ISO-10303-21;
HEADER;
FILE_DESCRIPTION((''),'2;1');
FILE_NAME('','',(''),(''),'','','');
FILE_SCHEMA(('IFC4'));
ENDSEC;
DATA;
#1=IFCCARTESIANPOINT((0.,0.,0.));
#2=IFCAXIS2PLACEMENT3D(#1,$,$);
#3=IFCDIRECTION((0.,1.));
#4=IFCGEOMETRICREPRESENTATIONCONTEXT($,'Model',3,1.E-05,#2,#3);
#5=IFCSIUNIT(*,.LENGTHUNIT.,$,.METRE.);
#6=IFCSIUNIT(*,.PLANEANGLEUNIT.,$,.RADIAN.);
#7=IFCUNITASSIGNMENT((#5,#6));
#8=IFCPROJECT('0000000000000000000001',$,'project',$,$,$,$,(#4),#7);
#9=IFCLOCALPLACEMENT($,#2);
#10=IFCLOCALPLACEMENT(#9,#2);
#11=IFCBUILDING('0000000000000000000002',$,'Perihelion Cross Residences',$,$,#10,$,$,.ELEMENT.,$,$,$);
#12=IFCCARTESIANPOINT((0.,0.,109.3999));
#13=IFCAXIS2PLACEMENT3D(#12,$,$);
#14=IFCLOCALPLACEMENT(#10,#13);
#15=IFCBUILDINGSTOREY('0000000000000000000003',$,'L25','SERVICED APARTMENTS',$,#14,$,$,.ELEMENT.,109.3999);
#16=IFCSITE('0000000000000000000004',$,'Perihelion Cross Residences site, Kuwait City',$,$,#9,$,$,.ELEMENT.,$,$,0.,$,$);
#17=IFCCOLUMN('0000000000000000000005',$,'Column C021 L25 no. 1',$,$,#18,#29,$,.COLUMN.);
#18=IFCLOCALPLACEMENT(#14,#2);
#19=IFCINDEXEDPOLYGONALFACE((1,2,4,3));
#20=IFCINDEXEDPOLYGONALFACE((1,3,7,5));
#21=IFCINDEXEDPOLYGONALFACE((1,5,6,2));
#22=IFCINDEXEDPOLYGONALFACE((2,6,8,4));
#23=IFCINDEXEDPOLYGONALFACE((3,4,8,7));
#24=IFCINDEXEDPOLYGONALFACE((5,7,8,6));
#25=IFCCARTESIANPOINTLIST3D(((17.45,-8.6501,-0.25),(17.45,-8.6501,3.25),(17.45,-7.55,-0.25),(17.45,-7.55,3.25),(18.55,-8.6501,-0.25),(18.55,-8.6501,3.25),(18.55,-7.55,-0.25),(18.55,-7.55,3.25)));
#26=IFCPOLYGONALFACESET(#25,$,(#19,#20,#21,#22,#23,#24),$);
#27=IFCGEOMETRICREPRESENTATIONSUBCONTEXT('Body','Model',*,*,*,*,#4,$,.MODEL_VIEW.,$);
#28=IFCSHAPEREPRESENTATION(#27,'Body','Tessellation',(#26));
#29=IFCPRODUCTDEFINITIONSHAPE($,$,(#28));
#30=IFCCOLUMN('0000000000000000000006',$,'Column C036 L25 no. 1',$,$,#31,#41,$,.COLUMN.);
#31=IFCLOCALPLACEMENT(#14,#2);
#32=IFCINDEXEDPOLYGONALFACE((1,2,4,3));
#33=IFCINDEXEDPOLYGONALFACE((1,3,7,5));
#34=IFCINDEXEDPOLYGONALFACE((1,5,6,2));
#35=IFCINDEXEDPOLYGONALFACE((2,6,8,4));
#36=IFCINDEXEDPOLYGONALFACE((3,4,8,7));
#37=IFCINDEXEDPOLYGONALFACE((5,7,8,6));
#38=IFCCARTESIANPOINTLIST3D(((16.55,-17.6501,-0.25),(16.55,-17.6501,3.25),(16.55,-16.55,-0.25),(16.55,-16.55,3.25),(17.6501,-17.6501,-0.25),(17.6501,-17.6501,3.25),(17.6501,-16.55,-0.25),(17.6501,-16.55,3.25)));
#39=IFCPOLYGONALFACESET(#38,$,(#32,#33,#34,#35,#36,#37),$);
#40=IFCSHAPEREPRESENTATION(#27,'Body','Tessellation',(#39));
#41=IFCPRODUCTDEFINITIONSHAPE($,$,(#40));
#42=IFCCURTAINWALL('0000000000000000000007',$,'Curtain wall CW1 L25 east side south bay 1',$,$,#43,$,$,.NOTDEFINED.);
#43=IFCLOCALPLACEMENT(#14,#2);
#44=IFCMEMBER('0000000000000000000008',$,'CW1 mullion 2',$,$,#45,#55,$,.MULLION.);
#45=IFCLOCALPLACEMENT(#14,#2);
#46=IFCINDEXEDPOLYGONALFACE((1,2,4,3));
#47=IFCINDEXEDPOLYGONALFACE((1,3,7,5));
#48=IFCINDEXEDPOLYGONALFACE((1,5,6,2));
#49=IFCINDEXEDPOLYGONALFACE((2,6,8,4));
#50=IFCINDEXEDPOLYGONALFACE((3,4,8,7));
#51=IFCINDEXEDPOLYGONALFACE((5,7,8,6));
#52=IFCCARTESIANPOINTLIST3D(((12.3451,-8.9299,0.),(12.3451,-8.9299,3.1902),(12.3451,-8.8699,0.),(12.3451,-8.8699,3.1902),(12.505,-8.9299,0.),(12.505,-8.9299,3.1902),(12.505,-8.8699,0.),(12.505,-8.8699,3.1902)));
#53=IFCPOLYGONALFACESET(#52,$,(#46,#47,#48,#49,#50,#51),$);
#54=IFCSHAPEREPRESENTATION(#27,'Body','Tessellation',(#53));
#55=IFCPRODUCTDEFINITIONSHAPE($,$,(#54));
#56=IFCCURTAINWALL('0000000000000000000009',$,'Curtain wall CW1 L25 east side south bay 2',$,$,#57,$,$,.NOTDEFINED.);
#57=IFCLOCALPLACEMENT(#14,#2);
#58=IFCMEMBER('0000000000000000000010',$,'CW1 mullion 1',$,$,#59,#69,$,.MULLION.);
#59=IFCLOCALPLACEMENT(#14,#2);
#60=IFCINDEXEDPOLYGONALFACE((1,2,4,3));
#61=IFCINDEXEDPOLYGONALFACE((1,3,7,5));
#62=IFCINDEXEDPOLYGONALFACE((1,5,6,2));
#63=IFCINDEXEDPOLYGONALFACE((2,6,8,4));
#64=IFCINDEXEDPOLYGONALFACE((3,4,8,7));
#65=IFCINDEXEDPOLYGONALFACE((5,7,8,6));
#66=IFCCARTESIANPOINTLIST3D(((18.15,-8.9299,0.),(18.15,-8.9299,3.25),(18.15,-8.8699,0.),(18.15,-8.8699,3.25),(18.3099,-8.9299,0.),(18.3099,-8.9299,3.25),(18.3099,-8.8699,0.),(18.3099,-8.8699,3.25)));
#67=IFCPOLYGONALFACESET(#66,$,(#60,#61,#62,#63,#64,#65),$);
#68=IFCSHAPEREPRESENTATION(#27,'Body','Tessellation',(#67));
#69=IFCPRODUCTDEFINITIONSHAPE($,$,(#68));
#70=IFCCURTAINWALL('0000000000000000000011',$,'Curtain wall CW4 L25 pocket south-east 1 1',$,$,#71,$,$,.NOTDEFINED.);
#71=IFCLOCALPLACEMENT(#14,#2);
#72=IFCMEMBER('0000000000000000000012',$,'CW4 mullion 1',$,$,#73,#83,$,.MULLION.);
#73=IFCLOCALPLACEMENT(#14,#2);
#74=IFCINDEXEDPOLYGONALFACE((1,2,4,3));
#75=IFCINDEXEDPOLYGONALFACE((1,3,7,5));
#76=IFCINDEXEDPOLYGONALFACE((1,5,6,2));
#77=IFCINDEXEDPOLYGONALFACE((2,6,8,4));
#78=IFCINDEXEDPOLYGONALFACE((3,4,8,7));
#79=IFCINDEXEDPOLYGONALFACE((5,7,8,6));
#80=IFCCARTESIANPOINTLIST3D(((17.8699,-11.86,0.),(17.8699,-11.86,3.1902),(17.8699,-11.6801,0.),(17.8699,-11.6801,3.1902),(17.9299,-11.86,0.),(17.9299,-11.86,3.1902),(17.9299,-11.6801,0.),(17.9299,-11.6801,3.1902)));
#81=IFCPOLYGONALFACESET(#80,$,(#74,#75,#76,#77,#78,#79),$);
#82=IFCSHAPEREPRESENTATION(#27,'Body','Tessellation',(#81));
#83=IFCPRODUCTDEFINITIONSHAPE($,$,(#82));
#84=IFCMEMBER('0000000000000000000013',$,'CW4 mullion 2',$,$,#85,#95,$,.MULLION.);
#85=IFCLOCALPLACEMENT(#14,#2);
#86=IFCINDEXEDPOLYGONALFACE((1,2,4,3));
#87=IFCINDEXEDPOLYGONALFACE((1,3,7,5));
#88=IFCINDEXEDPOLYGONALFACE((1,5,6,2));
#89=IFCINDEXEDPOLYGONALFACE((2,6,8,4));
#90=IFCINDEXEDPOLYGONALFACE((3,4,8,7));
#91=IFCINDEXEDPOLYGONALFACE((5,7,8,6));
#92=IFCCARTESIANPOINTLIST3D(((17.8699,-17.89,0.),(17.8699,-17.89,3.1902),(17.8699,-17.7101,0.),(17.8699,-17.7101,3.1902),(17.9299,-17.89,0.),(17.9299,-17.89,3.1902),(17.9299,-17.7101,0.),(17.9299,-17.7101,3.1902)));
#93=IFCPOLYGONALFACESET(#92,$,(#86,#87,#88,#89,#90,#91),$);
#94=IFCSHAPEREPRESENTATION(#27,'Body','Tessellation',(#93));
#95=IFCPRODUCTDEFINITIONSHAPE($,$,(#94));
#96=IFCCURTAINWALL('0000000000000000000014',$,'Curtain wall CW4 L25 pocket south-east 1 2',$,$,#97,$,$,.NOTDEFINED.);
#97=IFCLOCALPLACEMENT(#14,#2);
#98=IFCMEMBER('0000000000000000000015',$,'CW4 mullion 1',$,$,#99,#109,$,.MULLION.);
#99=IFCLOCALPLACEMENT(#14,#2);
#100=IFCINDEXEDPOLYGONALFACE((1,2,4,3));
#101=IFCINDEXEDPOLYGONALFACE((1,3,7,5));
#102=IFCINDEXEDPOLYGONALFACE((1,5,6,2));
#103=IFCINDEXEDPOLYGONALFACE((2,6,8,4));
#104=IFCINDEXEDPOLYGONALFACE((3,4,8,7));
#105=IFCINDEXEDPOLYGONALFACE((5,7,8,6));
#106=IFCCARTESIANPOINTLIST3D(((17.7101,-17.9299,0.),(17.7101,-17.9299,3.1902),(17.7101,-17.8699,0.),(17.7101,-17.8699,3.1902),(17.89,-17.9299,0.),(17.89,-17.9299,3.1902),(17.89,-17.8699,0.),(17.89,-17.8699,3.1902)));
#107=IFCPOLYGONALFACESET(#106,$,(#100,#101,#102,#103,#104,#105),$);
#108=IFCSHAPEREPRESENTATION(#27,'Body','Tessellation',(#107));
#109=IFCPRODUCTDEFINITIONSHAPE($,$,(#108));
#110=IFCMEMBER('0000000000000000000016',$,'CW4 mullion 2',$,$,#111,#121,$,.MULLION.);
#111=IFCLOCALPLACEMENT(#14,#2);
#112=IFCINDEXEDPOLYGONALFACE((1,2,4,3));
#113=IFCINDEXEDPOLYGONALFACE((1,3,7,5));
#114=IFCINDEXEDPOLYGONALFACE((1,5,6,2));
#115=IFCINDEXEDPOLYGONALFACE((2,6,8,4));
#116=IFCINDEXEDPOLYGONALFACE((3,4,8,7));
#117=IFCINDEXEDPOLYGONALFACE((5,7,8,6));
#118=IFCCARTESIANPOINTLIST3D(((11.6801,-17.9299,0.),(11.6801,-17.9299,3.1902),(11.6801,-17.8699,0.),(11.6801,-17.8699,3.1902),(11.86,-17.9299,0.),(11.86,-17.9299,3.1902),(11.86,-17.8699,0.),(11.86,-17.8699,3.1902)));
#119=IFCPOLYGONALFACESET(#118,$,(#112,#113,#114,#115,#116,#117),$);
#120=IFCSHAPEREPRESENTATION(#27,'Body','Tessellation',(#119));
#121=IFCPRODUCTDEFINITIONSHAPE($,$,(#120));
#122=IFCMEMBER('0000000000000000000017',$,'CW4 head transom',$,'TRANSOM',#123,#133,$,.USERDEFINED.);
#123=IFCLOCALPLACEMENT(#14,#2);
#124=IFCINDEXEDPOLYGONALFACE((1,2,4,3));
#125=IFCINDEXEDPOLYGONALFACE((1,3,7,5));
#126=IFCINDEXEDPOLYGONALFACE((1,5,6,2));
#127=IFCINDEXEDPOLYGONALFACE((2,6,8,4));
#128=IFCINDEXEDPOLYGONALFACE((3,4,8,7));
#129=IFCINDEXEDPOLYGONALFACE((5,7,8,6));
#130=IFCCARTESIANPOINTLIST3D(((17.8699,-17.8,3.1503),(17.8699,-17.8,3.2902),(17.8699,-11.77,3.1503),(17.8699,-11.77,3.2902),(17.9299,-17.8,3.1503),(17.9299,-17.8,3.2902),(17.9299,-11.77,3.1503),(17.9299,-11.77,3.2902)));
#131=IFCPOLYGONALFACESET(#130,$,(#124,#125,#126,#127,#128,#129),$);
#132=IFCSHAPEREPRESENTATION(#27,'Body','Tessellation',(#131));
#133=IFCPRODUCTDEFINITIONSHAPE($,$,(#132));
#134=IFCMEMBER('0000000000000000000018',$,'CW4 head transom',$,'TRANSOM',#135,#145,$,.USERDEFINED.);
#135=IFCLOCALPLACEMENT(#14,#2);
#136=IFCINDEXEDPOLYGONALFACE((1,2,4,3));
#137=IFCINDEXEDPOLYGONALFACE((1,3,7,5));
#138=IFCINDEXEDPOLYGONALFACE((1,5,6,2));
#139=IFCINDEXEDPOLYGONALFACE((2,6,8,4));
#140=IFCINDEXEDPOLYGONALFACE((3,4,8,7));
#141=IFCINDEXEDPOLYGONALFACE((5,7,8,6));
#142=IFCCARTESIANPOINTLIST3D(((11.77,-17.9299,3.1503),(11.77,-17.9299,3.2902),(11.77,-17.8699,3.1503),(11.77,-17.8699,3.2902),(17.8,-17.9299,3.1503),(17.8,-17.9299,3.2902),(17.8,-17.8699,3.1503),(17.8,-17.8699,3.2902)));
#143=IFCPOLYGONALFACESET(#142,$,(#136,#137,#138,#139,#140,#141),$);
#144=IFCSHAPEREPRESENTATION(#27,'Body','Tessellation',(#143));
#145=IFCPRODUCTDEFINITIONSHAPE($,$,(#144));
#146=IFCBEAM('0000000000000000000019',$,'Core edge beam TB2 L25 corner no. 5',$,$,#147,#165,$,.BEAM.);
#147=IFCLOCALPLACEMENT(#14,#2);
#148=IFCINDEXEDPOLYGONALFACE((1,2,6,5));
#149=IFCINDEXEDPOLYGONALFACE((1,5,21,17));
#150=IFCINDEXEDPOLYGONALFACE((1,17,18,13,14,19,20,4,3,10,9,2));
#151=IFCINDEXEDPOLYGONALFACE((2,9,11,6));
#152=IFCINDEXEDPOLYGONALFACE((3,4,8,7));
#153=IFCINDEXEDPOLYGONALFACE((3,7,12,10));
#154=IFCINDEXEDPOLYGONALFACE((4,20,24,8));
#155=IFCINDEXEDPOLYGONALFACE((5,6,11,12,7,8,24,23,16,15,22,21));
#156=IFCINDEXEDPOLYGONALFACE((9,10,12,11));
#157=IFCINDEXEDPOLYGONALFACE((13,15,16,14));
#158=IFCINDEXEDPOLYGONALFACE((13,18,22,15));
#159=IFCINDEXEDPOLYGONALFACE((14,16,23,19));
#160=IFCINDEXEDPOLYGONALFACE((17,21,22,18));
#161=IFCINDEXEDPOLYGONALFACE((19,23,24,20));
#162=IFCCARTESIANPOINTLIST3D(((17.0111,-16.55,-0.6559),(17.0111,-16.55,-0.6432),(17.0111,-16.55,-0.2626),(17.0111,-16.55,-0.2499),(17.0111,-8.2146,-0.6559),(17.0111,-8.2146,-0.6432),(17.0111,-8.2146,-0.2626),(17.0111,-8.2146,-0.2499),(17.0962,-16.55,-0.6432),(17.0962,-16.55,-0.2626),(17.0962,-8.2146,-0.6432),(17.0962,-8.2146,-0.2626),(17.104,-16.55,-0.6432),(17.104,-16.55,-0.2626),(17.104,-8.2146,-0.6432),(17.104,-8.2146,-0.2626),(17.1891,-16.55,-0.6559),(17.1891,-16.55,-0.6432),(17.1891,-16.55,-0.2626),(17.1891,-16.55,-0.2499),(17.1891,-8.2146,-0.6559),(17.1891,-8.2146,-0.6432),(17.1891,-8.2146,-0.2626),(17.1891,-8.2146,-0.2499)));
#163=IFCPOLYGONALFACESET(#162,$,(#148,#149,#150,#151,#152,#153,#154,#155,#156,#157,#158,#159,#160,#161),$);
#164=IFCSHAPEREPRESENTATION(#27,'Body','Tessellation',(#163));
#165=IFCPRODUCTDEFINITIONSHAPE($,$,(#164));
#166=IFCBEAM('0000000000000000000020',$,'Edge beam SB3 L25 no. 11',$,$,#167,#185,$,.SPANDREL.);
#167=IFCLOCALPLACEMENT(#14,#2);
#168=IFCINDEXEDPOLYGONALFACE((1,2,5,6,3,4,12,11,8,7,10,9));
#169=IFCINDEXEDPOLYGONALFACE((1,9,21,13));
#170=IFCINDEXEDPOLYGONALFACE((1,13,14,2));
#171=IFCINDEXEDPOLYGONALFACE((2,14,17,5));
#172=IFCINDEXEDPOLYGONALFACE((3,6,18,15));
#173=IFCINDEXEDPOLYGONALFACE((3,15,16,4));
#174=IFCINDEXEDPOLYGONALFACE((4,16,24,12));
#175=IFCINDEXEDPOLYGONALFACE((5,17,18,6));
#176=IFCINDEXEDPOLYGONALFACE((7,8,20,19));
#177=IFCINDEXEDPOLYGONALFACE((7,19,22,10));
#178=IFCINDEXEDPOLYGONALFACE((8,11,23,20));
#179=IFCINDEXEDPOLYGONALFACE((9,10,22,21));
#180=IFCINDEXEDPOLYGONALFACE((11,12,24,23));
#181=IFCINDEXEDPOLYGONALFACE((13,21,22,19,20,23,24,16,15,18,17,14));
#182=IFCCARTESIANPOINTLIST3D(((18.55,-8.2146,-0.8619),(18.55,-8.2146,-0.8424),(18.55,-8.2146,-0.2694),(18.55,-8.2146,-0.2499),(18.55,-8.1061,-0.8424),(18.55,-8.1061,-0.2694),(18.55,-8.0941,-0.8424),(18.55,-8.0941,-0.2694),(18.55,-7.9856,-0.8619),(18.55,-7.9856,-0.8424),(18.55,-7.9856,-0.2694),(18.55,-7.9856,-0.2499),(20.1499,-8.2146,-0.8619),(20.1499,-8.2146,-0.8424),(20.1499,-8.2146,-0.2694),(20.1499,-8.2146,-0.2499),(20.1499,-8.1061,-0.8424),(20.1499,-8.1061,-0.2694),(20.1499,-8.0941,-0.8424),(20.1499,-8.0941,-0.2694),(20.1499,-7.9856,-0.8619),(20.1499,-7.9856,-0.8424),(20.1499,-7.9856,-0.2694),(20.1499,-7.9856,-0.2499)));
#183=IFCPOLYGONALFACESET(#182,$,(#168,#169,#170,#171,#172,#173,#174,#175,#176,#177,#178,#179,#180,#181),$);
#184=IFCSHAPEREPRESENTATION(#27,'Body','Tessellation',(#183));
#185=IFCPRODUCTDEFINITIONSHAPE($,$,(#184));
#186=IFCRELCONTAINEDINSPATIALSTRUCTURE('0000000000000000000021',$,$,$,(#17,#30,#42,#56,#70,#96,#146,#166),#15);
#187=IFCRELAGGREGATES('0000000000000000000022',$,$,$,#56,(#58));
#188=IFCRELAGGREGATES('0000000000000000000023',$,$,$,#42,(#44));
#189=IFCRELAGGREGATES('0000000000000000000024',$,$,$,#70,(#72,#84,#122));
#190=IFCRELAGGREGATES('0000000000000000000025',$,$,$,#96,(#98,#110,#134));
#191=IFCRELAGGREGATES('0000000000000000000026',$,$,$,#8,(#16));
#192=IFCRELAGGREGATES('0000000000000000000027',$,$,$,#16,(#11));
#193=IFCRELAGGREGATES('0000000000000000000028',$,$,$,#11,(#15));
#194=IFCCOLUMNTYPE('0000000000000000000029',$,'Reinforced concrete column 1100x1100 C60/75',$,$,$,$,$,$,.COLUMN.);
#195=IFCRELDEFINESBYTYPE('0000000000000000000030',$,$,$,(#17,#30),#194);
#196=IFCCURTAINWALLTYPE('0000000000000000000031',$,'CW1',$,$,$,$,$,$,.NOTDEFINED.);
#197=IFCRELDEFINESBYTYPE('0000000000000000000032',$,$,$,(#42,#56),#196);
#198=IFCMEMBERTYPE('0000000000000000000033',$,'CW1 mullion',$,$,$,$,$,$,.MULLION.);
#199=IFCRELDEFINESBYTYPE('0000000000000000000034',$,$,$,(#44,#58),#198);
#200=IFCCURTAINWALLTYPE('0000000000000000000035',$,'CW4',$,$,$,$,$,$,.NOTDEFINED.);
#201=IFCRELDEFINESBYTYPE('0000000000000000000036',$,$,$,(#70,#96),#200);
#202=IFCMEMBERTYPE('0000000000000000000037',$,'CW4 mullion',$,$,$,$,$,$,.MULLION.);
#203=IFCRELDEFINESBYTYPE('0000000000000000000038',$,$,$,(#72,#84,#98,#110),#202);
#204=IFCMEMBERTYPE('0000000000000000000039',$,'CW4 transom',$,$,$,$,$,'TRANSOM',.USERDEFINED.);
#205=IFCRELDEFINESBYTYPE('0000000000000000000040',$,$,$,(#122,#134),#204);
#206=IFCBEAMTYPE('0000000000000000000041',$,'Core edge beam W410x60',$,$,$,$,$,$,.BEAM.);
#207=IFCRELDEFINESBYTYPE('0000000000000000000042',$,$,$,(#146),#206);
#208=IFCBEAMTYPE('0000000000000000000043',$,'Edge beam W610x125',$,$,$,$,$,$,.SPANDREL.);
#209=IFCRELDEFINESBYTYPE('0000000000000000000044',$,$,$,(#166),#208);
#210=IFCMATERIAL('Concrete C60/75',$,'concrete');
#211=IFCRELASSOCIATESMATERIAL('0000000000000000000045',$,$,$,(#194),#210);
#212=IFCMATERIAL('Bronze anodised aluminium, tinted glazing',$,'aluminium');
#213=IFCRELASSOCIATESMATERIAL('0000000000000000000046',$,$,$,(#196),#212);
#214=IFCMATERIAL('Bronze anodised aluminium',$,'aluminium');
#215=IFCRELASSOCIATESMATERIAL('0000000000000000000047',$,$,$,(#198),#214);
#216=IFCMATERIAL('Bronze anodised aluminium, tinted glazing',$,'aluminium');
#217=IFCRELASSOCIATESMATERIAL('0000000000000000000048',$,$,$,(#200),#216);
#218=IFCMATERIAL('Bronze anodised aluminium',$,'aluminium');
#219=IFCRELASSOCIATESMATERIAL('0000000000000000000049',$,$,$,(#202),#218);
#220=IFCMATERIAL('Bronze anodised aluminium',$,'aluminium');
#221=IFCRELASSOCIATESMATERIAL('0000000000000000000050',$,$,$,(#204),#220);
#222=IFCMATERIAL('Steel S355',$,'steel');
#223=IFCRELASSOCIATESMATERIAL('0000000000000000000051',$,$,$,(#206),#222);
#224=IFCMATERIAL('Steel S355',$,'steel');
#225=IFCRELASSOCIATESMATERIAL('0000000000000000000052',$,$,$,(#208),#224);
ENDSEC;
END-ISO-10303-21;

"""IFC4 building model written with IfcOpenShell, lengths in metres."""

from ifc_helpers import new_model, si_unit, direction, frame, origin, origin_2d, place, context, subcontext, project, spatial, rectangle, i_section, extrude, material, material_profile, profile_set, type_object, element, aggregate, save


model = new_model("IFC4")

# Units and contexts
model_context = context("Model", 3, precision=1e-05, world=origin(), true_north=direction((0.0, 1.0)))
body_context = subcontext(model_context, "Body", "Model", "MODEL_VIEW")
ifc_project = project(units=[si_unit("LENGTHUNIT", "METRE"), si_unit("PLANEANGLEUNIT", "RADIAN")], contexts=[model_context])

# Site, building, storey
site_placement = place(None, origin())
site = spatial("IfcSite", under=ifc_project, at=site_placement, Name="Perihelion Cross Residences site, Kuwait City", CompositionType="ELEMENT", RefElevation=0.0)
building_placement = place(site_placement, origin())
building = spatial("IfcBuilding", under=site, at=building_placement, Name="Perihelion Cross Residences", CompositionType="ELEMENT")
storey_placement = place(building_placement, frame((0.0, 0.0, 109.3999)))
storey = spatial("IfcBuildingStorey", under=building, at=storey_placement, Name="L25", Description="SERVICED APARTMENTS", CompositionType="ELEMENT", Elevation=109.3999)

# Columns
ifc_material_1 = material(Name="Concrete C60/75", Category="concrete")
ifc_material_profile_1 = material_profile(ifc_material_1, rectangle(XDim=1.1001, YDim=1.1001, at=origin_2d()), Name="RC 1100x1100")
ifc_profile_set_1 = profile_set([ifc_material_profile_1], Name="Concrete C60/75")
column_type = type_object("IfcColumnType", Name="Reinforced concrete column 1100x1100 C60/75", PredefinedType="COLUMN", material=ifc_profile_set_1)
for number, where, z_axis, x_axis, name in (
    (1, (18.0, -8.1001, -0.25), (0.0, 0.0, 1.0), (1.0, 0.0, 0.0), "Column C021 L25 no. 1"),
    (2, (17.1001, -17.1001, -0.25), (0.0, 0.0, 1.0), (1.0, 0.0, 0.0), "Column C036 L25 no. 1"),
):
    element("IfcColumn", number, at=place(storey_placement, frame(where, z_axis=z_axis, x_axis=x_axis)), inside=storey, type_object=column_type, Name=name, PredefinedType="COLUMN", context=body_context, shape_type="SweptSolid", body=[
        extrude(rectangle(XDim=1.1001, YDim=1.1001, at=origin_2d()), origin(), (0.0, 0.0, 1.0), 3.5),
    ])

# Curtain walls, members
ifc_material_2 = material(Name="Bronze anodised aluminium, tinted glazing", Category="aluminium")
curtain_wall_type_1 = type_object("IfcCurtainWallType", Name="CW1", PredefinedType="NOTDEFINED", material=ifc_material_2)
curtain_wall_1_placement = place(storey_placement, origin())
curtain_wall_1 = element("IfcCurtainWall", 3, at=curtain_wall_1_placement, inside=storey, type_object=curtain_wall_type_1, Name="Curtain wall CW1 L25 east side south bay 1", PredefinedType="NOTDEFINED")
ifc_material_3 = material(Name="Bronze anodised aluminium", Category="aluminium")
ifc_material_profile_2 = material_profile(ifc_material_3, rectangle(XDim=0.0601, YDim=0.1599, at=origin_2d()), Name="CW1 mullion")
ifc_profile_set_2 = profile_set([ifc_material_profile_2], Name="Bronze anodised aluminium")
member_type_1 = type_object("IfcMemberType", Name="CW1 mullion", PredefinedType="MULLION", material=ifc_profile_set_2)
member_1_placement = place(storey_placement, frame((12.425, -8.8999, 0.0), z_axis=(0.0, 0.0, 1.0), x_axis=(0.0, 1.0, 0.0)))
member_1 = element("IfcMember", 4, at=member_1_placement, type_object=member_type_1, Name="CW1 mullion 2", PredefinedType="MULLION", context=body_context, shape_type="SweptSolid", body=[
    extrude(rectangle(XDim=0.0601, YDim=0.1599, at=origin_2d()), origin(), (0.0, 0.0, 1.0), 3.1902),
])
curtain_wall_2_placement = place(storey_placement, origin())
curtain_wall_2 = element("IfcCurtainWall", 5, at=curtain_wall_2_placement, inside=storey, type_object=curtain_wall_type_1, Name="Curtain wall CW1 L25 east side south bay 2", PredefinedType="NOTDEFINED")
member_2_placement = place(storey_placement, frame((18.23, -8.8999, 0.0), z_axis=(0.0, 0.0, 1.0), x_axis=(0.0, 1.0, 0.0)))
member_2 = element("IfcMember", 6, at=member_2_placement, type_object=member_type_1, Name="CW1 mullion 1", PredefinedType="MULLION", context=body_context, shape_type="SweptSolid", body=[
    extrude(rectangle(XDim=0.0601, YDim=0.1599, at=origin_2d()), origin(), (0.0, 0.0, 1.0), 3.25),
])
aggregate(curtain_wall_2, [member_2])

# Curtain walls, members
ifc_material_4 = material(Name="Bronze anodised aluminium, tinted glazing", Category="aluminium")
curtain_wall_type_2 = type_object("IfcCurtainWallType", Name="CW4", PredefinedType="NOTDEFINED", material=ifc_material_4)
curtain_wall_3_placement = place(storey_placement, origin())
curtain_wall_3 = element("IfcCurtainWall", 7, at=curtain_wall_3_placement, inside=storey, type_object=curtain_wall_type_2, Name="Curtain wall CW4 L25 pocket south-east 1 1", PredefinedType="NOTDEFINED")
ifc_material_5 = material(Name="Bronze anodised aluminium", Category="aluminium")
ifc_material_profile_3 = material_profile(ifc_material_5, rectangle(XDim=0.0601, YDim=0.1799, at=origin_2d()), Name="CW4 mullion")
ifc_profile_set_3 = profile_set([ifc_material_profile_3], Name="Bronze anodised aluminium")
member_type_2 = type_object("IfcMemberType", Name="CW4 mullion", PredefinedType="MULLION", material=ifc_profile_set_3)
member_3_placement = place(storey_placement, frame((17.8999, -11.77, 0.0), z_axis=(0.0, 0.0, 1.0), x_axis=(1.0, 0.0, 0.0)))
member_3 = element("IfcMember", 8, at=member_3_placement, type_object=member_type_2, Name="CW4 mullion 1", PredefinedType="MULLION", context=body_context, shape_type="SweptSolid", body=[
    extrude(rectangle(XDim=0.0601, YDim=0.1799, at=origin_2d()), origin(), (0.0, 0.0, 1.0), 3.1902),
])
member_4_placement = place(storey_placement, frame((17.8999, -17.8, 0.0), z_axis=(0.0, 0.0, 1.0), x_axis=(1.0, 0.0, 0.0)))
member_4 = element("IfcMember", 9, at=member_4_placement, type_object=member_type_2, Name="CW4 mullion 2", PredefinedType="MULLION", context=body_context, shape_type="SweptSolid", body=[
    extrude(rectangle(XDim=0.0601, YDim=0.1799, at=origin_2d()), origin(), (0.0, 0.0, 1.0), 3.1902),
])
curtain_wall_4_placement = place(storey_placement, origin())
curtain_wall_4 = element("IfcCurtainWall", 10, at=curtain_wall_4_placement, inside=storey, type_object=curtain_wall_type_2, Name="Curtain wall CW4 L25 pocket south-east 1 2", PredefinedType="NOTDEFINED")
member_5_placement = place(storey_placement, frame((17.8, -17.8999, 0.0), z_axis=(0.0, 0.0, 1.0), x_axis=(0.0, -1.0, 0.0)))
member_5 = element("IfcMember", 11, at=member_5_placement, type_object=member_type_2, Name="CW4 mullion 1", PredefinedType="MULLION", context=body_context, shape_type="SweptSolid", body=[
    extrude(rectangle(XDim=0.0601, YDim=0.1799, at=origin_2d()), origin(), (0.0, 0.0, 1.0), 3.1902),
])
member_6_placement = place(storey_placement, frame((11.77, -17.8999, 0.0), z_axis=(0.0, 0.0, 1.0), x_axis=(0.0, -1.0, 0.0)))
member_6 = element("IfcMember", 12, at=member_6_placement, type_object=member_type_2, Name="CW4 mullion 2", PredefinedType="MULLION", context=body_context, shape_type="SweptSolid", body=[
    extrude(rectangle(XDim=0.0601, YDim=0.1799, at=origin_2d()), origin(), (0.0, 0.0, 1.0), 3.1902),
])

# Members
ifc_material_6 = material(Name="Bronze anodised aluminium", Category="aluminium")
ifc_material_profile_4 = material_profile(ifc_material_6, rectangle(XDim=0.0601, YDim=0.1399, at=origin_2d()), Name="CW4 transom")
ifc_profile_set_4 = profile_set([ifc_material_profile_4], Name="Bronze anodised aluminium")
member_type_3 = type_object("IfcMemberType", Name="CW4 transom", ElementType="TRANSOM", PredefinedType="USERDEFINED", material=ifc_profile_set_4)
member_7_placement = place(storey_placement, frame((17.8999, -11.77, 3.2202), z_axis=(0.0, -1.0, 0.0), x_axis=(1.0, 0.0, 0.0)))
member_7 = element("IfcMember", 13, at=member_7_placement, type_object=member_type_3, Name="CW4 head transom", ObjectType="TRANSOM", PredefinedType="USERDEFINED", context=body_context, shape_type="SweptSolid", body=[
    extrude(rectangle(XDim=0.0601, YDim=0.1399, at=origin_2d()), origin(), (0.0, 0.0, 1.0), 6.03),
])
member_8_placement = place(storey_placement, frame((17.8, -17.8999, 3.2202), z_axis=(-1.0, 0.0, 0.0), x_axis=(0.0, -1.0, 0.0)))
member_8 = element("IfcMember", 14, at=member_8_placement, type_object=member_type_3, Name="CW4 head transom", ObjectType="TRANSOM", PredefinedType="USERDEFINED", context=body_context, shape_type="SweptSolid", body=[
    extrude(rectangle(XDim=0.0601, YDim=0.1399, at=origin_2d()), origin(), (0.0, 0.0, 1.0), 6.03),
])

# Beams
ifc_material_7 = material(Name="Steel S355", Category="steel")
ifc_material_profile_5 = material_profile(ifc_material_7, i_section(OverallWidth=0.178, OverallDepth=0.406, WebThickness=0.0078, FlangeThickness=0.0127, at=origin_2d()), Name="W410x60")
ifc_profile_set_5 = profile_set([ifc_material_profile_5], Name="Steel S355")
beam_type_1 = type_object("IfcBeamType", Name="Core edge beam W410x60", PredefinedType="BEAM", material=ifc_profile_set_5)
beam_1_placement = place(storey_placement, frame((17.1001, -8.2146, -0.4529), z_axis=(0.0, -1.0, 0.0), x_axis=(1.0, 0.0, 0.0)))
element("IfcBeam", 15, at=beam_1_placement, inside=storey, type_object=beam_type_1, Name="Core edge beam TB2 L25 corner no. 5", PredefinedType="BEAM", context=body_context, shape_type="SweptSolid", body=[
    extrude(i_section(OverallWidth=0.178, OverallDepth=0.406, WebThickness=0.0078, FlangeThickness=0.0127, at=origin_2d()), origin(), (0.0, 0.0, 1.0), 8.3354),
])
ifc_material_8 = material(Name="Steel S355", Category="steel")
ifc_material_profile_6 = material_profile(ifc_material_8, i_section(OverallWidth=0.229, OverallDepth=0.6121, WebThickness=0.012, FlangeThickness=0.0195, at=origin_2d()), Name="W610x125")
ifc_profile_set_6 = profile_set([ifc_material_profile_6], Name="Steel S355")
beam_type_2 = type_object("IfcBeamType", Name="Edge beam W610x125", PredefinedType="SPANDREL", material=ifc_profile_set_6)
beam_2_placement = place(storey_placement, frame((18.55, -8.1001, -0.5559), z_axis=(1.0, 0.0, 0.0), x_axis=(0.0, 1.0, 0.0)))
element("IfcBeam", 16, at=beam_2_placement, inside=storey, type_object=beam_type_2, Name="Edge beam SB3 L25 no. 11", PredefinedType="SPANDREL", context=body_context, shape_type="SweptSolid", body=[
    extrude(i_section(OverallWidth=0.229, OverallDepth=0.6121, WebThickness=0.012, FlangeThickness=0.0195, at=origin_2d()), origin(), (0.0, 0.0, 1.0), 1.5999),
])

aggregate(curtain_wall_1, [member_1])
aggregate(curtain_wall_3, [member_3, member_4, member_7])
aggregate(curtain_wall_4, [member_5, member_6, member_8])

save(model, "model.ifc")
